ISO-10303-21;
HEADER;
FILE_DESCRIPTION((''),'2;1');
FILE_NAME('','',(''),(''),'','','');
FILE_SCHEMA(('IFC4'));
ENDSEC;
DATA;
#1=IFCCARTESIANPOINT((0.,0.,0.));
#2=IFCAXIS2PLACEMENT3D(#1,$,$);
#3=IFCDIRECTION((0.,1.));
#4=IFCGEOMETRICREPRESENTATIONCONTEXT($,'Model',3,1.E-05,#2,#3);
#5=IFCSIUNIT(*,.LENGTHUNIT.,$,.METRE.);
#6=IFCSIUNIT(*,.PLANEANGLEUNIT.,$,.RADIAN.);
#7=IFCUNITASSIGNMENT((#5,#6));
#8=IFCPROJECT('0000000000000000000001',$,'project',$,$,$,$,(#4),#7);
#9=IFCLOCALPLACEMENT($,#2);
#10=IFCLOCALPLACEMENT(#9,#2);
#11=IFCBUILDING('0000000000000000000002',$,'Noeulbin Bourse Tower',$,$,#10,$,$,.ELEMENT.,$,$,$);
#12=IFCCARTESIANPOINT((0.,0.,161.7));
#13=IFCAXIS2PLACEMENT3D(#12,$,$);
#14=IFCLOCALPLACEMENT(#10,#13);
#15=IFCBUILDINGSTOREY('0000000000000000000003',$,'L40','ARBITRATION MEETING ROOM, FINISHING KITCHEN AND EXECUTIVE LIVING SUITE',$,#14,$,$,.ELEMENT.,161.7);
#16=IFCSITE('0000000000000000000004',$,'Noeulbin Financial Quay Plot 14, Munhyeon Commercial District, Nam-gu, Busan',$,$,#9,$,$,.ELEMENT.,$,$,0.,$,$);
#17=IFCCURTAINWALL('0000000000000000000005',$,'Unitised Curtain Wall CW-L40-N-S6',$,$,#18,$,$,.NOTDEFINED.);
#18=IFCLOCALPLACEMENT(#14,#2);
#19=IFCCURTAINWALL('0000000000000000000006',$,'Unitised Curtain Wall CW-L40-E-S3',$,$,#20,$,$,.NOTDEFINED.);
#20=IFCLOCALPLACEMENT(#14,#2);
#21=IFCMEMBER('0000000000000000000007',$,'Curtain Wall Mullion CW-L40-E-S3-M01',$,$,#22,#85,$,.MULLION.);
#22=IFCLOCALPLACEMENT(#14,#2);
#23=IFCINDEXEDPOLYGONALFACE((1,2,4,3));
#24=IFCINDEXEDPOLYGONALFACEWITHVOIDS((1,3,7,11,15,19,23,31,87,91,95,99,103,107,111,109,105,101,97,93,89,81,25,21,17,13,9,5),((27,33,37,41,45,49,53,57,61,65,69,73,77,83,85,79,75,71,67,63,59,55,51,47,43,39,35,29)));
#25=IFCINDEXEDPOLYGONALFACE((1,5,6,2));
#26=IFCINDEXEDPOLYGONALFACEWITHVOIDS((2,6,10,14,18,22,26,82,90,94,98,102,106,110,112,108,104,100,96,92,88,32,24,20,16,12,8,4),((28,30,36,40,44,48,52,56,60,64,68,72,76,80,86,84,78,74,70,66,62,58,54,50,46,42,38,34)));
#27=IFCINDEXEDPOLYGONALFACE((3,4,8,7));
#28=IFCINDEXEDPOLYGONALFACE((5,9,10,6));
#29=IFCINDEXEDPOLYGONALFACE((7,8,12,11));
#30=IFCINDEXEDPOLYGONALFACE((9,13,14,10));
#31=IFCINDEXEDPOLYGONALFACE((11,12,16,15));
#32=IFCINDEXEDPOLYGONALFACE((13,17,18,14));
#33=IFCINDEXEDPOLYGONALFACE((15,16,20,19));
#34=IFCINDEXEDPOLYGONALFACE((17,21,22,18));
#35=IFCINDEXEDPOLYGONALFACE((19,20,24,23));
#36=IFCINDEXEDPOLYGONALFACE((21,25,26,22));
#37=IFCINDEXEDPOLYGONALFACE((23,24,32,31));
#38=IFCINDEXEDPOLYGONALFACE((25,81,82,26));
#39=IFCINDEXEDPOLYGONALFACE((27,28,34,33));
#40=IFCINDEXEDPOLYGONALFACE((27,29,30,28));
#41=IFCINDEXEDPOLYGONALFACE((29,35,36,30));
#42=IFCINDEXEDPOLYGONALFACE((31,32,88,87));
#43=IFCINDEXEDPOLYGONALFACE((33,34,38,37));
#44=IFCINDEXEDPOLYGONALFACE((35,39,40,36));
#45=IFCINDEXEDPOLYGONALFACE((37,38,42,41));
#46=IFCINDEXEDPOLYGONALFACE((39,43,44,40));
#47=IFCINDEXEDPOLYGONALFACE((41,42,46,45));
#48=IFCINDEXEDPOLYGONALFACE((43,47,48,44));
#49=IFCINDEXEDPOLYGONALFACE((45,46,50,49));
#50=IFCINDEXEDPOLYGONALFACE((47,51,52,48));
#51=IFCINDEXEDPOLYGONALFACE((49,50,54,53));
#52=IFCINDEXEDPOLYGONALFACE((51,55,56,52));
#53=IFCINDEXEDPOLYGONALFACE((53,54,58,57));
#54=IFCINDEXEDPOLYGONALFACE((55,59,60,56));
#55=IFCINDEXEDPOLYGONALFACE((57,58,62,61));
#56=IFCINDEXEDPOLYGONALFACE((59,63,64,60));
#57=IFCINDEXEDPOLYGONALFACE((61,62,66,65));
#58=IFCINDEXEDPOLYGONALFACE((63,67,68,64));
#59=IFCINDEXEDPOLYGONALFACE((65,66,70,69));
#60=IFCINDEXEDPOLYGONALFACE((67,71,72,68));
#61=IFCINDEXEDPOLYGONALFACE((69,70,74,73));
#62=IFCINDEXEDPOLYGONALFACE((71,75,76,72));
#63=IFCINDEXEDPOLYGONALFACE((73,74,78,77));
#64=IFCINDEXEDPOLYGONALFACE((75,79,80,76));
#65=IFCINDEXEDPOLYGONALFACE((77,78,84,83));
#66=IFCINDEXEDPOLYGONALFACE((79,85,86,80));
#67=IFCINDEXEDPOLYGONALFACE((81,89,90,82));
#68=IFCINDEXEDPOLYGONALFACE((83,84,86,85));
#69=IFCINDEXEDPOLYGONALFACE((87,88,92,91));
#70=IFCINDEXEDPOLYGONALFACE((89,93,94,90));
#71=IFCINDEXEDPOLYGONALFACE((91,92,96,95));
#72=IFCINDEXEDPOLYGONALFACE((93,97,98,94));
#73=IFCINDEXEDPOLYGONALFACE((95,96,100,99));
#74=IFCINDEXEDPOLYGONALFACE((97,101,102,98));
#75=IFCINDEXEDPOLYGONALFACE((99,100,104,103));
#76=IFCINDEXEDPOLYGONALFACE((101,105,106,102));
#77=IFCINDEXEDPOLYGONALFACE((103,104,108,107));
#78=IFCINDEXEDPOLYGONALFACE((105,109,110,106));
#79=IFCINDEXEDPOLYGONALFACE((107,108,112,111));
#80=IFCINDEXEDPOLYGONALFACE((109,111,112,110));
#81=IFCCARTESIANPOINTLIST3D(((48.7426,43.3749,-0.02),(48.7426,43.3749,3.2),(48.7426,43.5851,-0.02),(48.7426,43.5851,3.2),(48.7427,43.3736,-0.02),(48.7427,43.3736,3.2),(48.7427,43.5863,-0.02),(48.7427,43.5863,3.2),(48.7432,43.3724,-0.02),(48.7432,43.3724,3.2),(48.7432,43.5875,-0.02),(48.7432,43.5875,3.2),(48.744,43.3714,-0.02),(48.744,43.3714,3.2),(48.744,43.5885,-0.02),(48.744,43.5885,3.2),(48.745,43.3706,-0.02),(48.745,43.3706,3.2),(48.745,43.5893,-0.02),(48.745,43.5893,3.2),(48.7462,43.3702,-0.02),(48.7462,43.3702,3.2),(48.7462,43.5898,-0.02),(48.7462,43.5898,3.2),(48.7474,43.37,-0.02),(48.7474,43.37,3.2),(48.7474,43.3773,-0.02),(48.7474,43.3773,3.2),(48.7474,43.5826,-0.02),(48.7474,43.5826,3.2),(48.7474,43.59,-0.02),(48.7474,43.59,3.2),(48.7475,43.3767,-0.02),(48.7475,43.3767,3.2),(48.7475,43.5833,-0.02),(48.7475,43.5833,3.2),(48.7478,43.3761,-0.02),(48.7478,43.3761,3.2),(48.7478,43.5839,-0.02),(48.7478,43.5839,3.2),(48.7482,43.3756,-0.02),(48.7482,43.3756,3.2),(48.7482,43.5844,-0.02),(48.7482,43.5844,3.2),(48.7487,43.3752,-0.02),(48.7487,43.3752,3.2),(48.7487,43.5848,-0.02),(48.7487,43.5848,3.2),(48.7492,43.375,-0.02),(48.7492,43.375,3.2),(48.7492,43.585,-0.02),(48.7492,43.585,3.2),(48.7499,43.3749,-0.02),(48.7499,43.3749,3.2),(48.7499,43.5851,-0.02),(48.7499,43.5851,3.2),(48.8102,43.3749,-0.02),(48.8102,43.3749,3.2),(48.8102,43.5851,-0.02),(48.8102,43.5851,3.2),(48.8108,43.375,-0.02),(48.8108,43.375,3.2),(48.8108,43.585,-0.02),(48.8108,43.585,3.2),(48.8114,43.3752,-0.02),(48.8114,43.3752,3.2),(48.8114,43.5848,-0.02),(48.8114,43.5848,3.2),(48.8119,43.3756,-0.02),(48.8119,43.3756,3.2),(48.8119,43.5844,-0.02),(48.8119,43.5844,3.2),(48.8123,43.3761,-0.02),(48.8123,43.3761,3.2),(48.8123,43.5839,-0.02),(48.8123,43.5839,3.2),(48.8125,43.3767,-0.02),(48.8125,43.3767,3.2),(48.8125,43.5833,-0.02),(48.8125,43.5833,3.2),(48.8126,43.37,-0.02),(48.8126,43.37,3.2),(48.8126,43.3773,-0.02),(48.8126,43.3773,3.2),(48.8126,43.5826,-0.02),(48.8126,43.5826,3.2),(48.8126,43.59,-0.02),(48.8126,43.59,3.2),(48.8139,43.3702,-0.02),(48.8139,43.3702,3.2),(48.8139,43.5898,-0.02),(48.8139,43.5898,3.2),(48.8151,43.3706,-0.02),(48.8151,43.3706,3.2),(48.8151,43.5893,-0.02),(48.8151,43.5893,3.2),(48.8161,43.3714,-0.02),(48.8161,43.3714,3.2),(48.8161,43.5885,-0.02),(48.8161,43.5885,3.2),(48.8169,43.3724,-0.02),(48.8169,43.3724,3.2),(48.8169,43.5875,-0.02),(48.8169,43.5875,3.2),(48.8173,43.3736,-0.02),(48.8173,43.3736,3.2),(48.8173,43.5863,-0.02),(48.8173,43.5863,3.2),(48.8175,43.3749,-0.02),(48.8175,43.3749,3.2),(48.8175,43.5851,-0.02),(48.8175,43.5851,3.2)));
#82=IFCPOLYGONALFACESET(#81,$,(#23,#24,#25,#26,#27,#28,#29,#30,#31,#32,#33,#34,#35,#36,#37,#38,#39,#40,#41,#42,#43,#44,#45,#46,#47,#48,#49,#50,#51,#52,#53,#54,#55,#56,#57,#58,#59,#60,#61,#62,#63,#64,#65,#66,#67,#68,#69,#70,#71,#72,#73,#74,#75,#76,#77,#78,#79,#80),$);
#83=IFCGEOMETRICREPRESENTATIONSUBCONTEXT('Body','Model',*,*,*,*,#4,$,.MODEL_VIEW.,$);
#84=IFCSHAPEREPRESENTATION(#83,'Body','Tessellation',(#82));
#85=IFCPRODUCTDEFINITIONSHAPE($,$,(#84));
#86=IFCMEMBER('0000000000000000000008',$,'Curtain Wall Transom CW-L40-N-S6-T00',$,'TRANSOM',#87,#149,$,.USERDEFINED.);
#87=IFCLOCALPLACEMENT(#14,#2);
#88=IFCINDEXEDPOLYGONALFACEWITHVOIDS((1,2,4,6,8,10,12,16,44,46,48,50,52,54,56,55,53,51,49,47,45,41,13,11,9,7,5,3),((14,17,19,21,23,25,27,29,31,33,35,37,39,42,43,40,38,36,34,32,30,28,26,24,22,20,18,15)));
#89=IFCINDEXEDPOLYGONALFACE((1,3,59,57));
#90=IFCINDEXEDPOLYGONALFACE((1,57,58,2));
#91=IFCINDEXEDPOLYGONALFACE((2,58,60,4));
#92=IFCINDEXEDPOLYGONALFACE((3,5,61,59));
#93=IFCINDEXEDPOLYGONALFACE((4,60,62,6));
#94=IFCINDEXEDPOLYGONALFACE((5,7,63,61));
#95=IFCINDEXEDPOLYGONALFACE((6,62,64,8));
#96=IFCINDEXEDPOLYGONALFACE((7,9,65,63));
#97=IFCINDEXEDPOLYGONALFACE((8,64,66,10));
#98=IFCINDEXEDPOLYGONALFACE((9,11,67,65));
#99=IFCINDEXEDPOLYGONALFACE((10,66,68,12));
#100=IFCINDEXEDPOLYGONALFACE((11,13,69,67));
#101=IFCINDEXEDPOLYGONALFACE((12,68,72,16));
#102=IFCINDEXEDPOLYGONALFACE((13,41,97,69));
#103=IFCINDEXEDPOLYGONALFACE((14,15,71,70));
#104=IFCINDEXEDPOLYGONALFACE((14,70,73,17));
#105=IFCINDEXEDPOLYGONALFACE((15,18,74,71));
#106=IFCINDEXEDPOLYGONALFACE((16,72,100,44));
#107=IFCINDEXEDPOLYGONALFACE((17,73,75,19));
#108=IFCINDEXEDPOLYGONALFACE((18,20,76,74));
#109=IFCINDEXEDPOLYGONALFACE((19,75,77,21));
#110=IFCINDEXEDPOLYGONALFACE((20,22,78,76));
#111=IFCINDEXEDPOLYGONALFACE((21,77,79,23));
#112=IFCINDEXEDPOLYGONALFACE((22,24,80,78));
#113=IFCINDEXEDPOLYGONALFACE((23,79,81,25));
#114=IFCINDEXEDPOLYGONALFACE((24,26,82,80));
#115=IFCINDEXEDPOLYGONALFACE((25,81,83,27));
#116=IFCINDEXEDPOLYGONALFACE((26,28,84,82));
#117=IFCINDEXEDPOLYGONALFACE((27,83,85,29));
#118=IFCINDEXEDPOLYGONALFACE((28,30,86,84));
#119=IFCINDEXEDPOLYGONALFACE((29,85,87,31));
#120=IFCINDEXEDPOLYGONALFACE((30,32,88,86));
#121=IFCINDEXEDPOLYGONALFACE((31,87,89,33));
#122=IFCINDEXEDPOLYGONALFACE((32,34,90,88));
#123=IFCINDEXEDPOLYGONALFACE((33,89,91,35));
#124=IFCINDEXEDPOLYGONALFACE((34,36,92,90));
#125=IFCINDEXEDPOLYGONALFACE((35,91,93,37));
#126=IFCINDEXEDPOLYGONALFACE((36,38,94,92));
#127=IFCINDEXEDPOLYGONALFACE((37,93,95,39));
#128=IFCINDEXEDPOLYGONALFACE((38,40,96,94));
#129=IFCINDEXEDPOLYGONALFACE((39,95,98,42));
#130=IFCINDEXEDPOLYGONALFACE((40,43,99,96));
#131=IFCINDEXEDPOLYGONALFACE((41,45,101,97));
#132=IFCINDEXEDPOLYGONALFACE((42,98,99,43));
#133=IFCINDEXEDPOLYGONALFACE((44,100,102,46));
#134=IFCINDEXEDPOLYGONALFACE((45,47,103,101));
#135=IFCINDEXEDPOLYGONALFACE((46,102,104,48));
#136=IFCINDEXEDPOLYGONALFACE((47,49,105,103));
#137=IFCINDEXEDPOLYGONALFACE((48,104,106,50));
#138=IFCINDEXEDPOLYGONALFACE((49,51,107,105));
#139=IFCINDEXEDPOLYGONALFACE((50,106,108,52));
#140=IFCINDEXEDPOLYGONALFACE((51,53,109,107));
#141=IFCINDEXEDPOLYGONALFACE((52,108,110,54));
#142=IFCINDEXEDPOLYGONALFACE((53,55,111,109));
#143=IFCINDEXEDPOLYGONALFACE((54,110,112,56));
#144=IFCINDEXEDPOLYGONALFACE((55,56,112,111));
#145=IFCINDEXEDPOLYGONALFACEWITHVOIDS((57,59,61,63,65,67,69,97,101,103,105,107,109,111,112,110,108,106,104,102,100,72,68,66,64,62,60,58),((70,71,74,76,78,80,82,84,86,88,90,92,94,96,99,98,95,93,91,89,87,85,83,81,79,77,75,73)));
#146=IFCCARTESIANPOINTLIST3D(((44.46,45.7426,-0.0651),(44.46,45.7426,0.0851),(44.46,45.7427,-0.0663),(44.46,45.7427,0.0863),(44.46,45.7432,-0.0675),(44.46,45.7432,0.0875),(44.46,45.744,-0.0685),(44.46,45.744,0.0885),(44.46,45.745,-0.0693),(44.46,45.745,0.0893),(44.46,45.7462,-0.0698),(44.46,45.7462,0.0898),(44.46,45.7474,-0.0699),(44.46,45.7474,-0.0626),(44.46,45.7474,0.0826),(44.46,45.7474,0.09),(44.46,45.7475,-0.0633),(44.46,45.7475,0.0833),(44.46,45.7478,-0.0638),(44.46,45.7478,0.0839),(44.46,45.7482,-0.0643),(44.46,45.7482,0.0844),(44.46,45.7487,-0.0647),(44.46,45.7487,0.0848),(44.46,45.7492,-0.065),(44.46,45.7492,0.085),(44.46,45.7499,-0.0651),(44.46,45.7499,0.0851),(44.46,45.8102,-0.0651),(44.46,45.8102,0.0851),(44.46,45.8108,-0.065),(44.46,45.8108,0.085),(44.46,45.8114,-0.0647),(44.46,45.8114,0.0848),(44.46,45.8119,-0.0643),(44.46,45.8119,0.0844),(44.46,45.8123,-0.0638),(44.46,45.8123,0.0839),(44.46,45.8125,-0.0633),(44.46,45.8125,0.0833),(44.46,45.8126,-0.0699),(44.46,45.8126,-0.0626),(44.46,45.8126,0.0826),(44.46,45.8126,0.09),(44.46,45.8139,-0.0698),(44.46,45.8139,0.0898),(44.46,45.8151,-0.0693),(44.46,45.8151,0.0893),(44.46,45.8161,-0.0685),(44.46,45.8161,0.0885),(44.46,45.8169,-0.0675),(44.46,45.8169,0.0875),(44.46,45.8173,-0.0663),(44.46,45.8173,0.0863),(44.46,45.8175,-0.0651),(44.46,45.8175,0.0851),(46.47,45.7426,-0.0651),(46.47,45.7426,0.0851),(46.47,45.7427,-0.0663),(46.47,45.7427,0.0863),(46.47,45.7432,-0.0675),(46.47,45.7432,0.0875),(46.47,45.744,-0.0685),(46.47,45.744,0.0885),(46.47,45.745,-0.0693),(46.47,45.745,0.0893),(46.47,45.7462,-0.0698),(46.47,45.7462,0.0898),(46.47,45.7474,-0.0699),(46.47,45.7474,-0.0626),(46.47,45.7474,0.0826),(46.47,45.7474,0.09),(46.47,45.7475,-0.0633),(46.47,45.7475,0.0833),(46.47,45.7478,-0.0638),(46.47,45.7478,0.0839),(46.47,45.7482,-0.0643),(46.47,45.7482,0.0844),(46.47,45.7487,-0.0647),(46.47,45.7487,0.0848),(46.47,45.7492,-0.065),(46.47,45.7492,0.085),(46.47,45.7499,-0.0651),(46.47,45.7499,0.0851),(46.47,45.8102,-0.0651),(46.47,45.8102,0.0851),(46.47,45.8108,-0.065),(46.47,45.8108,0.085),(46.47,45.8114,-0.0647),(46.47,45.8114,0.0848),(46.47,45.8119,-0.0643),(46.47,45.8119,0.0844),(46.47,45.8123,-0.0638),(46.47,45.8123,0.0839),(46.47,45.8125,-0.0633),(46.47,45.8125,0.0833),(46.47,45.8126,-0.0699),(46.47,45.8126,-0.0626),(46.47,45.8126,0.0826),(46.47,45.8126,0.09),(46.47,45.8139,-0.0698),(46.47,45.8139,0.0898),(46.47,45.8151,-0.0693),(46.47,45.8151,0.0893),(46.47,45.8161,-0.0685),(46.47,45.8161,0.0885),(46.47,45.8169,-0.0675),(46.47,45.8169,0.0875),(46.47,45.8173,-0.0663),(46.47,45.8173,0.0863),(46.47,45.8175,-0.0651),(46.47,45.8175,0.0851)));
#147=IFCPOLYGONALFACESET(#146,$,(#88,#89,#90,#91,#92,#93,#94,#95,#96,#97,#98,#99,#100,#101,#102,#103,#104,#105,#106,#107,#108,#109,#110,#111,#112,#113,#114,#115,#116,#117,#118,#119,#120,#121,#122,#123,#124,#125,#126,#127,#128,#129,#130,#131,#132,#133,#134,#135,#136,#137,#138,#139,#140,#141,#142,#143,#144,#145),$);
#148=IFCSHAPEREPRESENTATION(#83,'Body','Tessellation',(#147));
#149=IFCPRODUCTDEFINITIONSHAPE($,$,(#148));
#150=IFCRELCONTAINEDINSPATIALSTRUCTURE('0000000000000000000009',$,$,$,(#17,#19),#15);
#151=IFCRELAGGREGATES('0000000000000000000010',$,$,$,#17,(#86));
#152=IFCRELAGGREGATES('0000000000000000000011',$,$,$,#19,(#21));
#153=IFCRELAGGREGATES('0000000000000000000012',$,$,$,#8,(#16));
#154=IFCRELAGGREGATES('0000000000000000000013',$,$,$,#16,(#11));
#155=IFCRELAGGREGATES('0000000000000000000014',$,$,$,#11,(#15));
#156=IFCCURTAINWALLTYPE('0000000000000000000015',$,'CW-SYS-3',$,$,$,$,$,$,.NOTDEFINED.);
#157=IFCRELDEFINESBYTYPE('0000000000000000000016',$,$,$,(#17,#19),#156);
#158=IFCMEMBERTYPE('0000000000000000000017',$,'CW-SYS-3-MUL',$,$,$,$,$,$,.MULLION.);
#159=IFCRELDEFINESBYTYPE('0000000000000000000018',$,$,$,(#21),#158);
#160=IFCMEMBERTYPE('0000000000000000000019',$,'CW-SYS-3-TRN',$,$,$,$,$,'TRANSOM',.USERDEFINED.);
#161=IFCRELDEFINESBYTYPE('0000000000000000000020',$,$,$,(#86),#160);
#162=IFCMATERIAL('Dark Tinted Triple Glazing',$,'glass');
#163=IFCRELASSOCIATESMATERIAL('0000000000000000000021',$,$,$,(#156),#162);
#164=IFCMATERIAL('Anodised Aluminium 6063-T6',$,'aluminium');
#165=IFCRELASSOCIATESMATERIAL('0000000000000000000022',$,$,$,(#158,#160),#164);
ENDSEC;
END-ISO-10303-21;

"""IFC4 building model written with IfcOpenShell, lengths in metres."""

from ifc_helpers import new_model, si_unit, direction, frame, origin, origin_2d, place, context, subcontext, project, spatial, hollow_rectangle, extrude, material, material_profile, profile_set, type_object, element, aggregate, save


model = new_model("IFC4")

# Units and contexts
model_context = context("Model", 3, precision=1e-05, world=origin(), true_north=direction((0.0, 1.0)))
body_context = subcontext(model_context, "Body", "Model", "MODEL_VIEW")
ifc_project = project(units=[si_unit("LENGTHUNIT", "METRE"), si_unit("PLANEANGLEUNIT", "RADIAN")], contexts=[model_context])

# Site, building, storey
site_placement = place(None, origin())
site = spatial("IfcSite", under=ifc_project, at=site_placement, Name="Noeulbin Financial Quay Plot 14, Munhyeon Commercial District, Nam-gu, Busan", CompositionType="ELEMENT", RefElevation=0.0)
building_placement = place(site_placement, origin())
building = spatial("IfcBuilding", under=site, at=building_placement, Name="Noeulbin Bourse Tower", CompositionType="ELEMENT")
storey_placement = place(building_placement, frame((0.0, 0.0, 161.7)))
storey = spatial("IfcBuildingStorey", under=building, at=storey_placement, Name="L40", Description="ARBITRATION MEETING ROOM, FINISHING KITCHEN AND EXECUTIVE LIVING SUITE", CompositionType="ELEMENT", Elevation=161.7)

# Shared definitions
ifc_material_1 = material(Name="Dark Tinted Triple Glazing", Category="glass")
curtain_wall_type = type_object("IfcCurtainWallType", Name="CW-SYS-3", PredefinedType="NOTDEFINED", material=ifc_material_1)
ifc_material_2 = material(Name="Anodised Aluminium 6063-T6", Category="aluminium")
ifc_material_profile_1 = material_profile(ifc_material_2, hollow_rectangle(XDim=0.075, YDim=0.22, WallThickness=0.0049, InnerFilletRadius=0.0024, OuterFilletRadius=0.0049, at=origin_2d()), Name="ALU-MULL-75x220x5", Category="LoadBearing")
ifc_profile_set_1 = profile_set([ifc_material_profile_1], Name="Anodised Aluminium 6063-T6")
member_type_1 = type_object("IfcMemberType", Name="CW-SYS-3-MUL", PredefinedType="MULLION", material=ifc_profile_set_1)

# Curtain walls, member
curtain_wall_1_placement = place(storey_placement, origin())
curtain_wall_1 = element("IfcCurtainWall", 1, at=curtain_wall_1_placement, inside=storey, type_object=curtain_wall_type, Name="Unitised Curtain Wall CW-L40-N-S6", PredefinedType="NOTDEFINED")
curtain_wall_2_placement = place(storey_placement, origin())
curtain_wall_2 = element("IfcCurtainWall", 2, at=curtain_wall_2_placement, inside=storey, type_object=curtain_wall_type, Name="Unitised Curtain Wall CW-L40-E-S3", PredefinedType="NOTDEFINED")
member_1_placement = place(storey_placement, frame((48.78, 43.48, -0.02), z_axis=(0.0, 0.0, 1.0), x_axis=(1.0, 0.0, 0.0)))
member_1 = element("IfcMember", 3, at=member_1_placement, type_object=member_type_1, Name="Curtain Wall Mullion CW-L40-E-S3-M01", PredefinedType="MULLION", context=body_context, shape_type="SweptSolid", body=[
    extrude(hollow_rectangle(XDim=0.075, YDim=0.22, WallThickness=0.0049, InnerFilletRadius=0.0024, OuterFilletRadius=0.0049, at=origin_2d()), origin(), (0.0, 0.0, 1.0), 3.22),
])

# Member
ifc_material_profile_2 = material_profile(ifc_material_2, hollow_rectangle(XDim=0.075, YDim=0.1599, WallThickness=0.0049, InnerFilletRadius=0.0024, OuterFilletRadius=0.0049, at=origin_2d()), Name="ALU-TRAN-75x160x5", Category="LoadBearing")
ifc_profile_set_2 = profile_set([ifc_material_profile_2], Name="Anodised Aluminium 6063-T6")
member_type_2 = type_object("IfcMemberType", Name="CW-SYS-3-TRN", ElementType="TRANSOM", PredefinedType="USERDEFINED", material=ifc_profile_set_2)
member_2_placement = place(storey_placement, frame((44.46, 45.78, 0.01), z_axis=(1.0, 0.0, 0.0), x_axis=(0.0, 1.0, 0.0)))
member_2 = element("IfcMember", 4, at=member_2_placement, type_object=member_type_2, Name="Curtain Wall Transom CW-L40-N-S6-T00", ObjectType="TRANSOM", PredefinedType="USERDEFINED", context=body_context, shape_type="SweptSolid", body=[
    extrude(hollow_rectangle(XDim=0.075, YDim=0.1599, WallThickness=0.0049, InnerFilletRadius=0.0024, OuterFilletRadius=0.0049, at=origin_2d()), origin(), (0.0, 0.0, 1.0), 2.01),
])

aggregate(curtain_wall_1, [member_2])
aggregate(curtain_wall_2, [member_1])

save(model, "model.ifc")
